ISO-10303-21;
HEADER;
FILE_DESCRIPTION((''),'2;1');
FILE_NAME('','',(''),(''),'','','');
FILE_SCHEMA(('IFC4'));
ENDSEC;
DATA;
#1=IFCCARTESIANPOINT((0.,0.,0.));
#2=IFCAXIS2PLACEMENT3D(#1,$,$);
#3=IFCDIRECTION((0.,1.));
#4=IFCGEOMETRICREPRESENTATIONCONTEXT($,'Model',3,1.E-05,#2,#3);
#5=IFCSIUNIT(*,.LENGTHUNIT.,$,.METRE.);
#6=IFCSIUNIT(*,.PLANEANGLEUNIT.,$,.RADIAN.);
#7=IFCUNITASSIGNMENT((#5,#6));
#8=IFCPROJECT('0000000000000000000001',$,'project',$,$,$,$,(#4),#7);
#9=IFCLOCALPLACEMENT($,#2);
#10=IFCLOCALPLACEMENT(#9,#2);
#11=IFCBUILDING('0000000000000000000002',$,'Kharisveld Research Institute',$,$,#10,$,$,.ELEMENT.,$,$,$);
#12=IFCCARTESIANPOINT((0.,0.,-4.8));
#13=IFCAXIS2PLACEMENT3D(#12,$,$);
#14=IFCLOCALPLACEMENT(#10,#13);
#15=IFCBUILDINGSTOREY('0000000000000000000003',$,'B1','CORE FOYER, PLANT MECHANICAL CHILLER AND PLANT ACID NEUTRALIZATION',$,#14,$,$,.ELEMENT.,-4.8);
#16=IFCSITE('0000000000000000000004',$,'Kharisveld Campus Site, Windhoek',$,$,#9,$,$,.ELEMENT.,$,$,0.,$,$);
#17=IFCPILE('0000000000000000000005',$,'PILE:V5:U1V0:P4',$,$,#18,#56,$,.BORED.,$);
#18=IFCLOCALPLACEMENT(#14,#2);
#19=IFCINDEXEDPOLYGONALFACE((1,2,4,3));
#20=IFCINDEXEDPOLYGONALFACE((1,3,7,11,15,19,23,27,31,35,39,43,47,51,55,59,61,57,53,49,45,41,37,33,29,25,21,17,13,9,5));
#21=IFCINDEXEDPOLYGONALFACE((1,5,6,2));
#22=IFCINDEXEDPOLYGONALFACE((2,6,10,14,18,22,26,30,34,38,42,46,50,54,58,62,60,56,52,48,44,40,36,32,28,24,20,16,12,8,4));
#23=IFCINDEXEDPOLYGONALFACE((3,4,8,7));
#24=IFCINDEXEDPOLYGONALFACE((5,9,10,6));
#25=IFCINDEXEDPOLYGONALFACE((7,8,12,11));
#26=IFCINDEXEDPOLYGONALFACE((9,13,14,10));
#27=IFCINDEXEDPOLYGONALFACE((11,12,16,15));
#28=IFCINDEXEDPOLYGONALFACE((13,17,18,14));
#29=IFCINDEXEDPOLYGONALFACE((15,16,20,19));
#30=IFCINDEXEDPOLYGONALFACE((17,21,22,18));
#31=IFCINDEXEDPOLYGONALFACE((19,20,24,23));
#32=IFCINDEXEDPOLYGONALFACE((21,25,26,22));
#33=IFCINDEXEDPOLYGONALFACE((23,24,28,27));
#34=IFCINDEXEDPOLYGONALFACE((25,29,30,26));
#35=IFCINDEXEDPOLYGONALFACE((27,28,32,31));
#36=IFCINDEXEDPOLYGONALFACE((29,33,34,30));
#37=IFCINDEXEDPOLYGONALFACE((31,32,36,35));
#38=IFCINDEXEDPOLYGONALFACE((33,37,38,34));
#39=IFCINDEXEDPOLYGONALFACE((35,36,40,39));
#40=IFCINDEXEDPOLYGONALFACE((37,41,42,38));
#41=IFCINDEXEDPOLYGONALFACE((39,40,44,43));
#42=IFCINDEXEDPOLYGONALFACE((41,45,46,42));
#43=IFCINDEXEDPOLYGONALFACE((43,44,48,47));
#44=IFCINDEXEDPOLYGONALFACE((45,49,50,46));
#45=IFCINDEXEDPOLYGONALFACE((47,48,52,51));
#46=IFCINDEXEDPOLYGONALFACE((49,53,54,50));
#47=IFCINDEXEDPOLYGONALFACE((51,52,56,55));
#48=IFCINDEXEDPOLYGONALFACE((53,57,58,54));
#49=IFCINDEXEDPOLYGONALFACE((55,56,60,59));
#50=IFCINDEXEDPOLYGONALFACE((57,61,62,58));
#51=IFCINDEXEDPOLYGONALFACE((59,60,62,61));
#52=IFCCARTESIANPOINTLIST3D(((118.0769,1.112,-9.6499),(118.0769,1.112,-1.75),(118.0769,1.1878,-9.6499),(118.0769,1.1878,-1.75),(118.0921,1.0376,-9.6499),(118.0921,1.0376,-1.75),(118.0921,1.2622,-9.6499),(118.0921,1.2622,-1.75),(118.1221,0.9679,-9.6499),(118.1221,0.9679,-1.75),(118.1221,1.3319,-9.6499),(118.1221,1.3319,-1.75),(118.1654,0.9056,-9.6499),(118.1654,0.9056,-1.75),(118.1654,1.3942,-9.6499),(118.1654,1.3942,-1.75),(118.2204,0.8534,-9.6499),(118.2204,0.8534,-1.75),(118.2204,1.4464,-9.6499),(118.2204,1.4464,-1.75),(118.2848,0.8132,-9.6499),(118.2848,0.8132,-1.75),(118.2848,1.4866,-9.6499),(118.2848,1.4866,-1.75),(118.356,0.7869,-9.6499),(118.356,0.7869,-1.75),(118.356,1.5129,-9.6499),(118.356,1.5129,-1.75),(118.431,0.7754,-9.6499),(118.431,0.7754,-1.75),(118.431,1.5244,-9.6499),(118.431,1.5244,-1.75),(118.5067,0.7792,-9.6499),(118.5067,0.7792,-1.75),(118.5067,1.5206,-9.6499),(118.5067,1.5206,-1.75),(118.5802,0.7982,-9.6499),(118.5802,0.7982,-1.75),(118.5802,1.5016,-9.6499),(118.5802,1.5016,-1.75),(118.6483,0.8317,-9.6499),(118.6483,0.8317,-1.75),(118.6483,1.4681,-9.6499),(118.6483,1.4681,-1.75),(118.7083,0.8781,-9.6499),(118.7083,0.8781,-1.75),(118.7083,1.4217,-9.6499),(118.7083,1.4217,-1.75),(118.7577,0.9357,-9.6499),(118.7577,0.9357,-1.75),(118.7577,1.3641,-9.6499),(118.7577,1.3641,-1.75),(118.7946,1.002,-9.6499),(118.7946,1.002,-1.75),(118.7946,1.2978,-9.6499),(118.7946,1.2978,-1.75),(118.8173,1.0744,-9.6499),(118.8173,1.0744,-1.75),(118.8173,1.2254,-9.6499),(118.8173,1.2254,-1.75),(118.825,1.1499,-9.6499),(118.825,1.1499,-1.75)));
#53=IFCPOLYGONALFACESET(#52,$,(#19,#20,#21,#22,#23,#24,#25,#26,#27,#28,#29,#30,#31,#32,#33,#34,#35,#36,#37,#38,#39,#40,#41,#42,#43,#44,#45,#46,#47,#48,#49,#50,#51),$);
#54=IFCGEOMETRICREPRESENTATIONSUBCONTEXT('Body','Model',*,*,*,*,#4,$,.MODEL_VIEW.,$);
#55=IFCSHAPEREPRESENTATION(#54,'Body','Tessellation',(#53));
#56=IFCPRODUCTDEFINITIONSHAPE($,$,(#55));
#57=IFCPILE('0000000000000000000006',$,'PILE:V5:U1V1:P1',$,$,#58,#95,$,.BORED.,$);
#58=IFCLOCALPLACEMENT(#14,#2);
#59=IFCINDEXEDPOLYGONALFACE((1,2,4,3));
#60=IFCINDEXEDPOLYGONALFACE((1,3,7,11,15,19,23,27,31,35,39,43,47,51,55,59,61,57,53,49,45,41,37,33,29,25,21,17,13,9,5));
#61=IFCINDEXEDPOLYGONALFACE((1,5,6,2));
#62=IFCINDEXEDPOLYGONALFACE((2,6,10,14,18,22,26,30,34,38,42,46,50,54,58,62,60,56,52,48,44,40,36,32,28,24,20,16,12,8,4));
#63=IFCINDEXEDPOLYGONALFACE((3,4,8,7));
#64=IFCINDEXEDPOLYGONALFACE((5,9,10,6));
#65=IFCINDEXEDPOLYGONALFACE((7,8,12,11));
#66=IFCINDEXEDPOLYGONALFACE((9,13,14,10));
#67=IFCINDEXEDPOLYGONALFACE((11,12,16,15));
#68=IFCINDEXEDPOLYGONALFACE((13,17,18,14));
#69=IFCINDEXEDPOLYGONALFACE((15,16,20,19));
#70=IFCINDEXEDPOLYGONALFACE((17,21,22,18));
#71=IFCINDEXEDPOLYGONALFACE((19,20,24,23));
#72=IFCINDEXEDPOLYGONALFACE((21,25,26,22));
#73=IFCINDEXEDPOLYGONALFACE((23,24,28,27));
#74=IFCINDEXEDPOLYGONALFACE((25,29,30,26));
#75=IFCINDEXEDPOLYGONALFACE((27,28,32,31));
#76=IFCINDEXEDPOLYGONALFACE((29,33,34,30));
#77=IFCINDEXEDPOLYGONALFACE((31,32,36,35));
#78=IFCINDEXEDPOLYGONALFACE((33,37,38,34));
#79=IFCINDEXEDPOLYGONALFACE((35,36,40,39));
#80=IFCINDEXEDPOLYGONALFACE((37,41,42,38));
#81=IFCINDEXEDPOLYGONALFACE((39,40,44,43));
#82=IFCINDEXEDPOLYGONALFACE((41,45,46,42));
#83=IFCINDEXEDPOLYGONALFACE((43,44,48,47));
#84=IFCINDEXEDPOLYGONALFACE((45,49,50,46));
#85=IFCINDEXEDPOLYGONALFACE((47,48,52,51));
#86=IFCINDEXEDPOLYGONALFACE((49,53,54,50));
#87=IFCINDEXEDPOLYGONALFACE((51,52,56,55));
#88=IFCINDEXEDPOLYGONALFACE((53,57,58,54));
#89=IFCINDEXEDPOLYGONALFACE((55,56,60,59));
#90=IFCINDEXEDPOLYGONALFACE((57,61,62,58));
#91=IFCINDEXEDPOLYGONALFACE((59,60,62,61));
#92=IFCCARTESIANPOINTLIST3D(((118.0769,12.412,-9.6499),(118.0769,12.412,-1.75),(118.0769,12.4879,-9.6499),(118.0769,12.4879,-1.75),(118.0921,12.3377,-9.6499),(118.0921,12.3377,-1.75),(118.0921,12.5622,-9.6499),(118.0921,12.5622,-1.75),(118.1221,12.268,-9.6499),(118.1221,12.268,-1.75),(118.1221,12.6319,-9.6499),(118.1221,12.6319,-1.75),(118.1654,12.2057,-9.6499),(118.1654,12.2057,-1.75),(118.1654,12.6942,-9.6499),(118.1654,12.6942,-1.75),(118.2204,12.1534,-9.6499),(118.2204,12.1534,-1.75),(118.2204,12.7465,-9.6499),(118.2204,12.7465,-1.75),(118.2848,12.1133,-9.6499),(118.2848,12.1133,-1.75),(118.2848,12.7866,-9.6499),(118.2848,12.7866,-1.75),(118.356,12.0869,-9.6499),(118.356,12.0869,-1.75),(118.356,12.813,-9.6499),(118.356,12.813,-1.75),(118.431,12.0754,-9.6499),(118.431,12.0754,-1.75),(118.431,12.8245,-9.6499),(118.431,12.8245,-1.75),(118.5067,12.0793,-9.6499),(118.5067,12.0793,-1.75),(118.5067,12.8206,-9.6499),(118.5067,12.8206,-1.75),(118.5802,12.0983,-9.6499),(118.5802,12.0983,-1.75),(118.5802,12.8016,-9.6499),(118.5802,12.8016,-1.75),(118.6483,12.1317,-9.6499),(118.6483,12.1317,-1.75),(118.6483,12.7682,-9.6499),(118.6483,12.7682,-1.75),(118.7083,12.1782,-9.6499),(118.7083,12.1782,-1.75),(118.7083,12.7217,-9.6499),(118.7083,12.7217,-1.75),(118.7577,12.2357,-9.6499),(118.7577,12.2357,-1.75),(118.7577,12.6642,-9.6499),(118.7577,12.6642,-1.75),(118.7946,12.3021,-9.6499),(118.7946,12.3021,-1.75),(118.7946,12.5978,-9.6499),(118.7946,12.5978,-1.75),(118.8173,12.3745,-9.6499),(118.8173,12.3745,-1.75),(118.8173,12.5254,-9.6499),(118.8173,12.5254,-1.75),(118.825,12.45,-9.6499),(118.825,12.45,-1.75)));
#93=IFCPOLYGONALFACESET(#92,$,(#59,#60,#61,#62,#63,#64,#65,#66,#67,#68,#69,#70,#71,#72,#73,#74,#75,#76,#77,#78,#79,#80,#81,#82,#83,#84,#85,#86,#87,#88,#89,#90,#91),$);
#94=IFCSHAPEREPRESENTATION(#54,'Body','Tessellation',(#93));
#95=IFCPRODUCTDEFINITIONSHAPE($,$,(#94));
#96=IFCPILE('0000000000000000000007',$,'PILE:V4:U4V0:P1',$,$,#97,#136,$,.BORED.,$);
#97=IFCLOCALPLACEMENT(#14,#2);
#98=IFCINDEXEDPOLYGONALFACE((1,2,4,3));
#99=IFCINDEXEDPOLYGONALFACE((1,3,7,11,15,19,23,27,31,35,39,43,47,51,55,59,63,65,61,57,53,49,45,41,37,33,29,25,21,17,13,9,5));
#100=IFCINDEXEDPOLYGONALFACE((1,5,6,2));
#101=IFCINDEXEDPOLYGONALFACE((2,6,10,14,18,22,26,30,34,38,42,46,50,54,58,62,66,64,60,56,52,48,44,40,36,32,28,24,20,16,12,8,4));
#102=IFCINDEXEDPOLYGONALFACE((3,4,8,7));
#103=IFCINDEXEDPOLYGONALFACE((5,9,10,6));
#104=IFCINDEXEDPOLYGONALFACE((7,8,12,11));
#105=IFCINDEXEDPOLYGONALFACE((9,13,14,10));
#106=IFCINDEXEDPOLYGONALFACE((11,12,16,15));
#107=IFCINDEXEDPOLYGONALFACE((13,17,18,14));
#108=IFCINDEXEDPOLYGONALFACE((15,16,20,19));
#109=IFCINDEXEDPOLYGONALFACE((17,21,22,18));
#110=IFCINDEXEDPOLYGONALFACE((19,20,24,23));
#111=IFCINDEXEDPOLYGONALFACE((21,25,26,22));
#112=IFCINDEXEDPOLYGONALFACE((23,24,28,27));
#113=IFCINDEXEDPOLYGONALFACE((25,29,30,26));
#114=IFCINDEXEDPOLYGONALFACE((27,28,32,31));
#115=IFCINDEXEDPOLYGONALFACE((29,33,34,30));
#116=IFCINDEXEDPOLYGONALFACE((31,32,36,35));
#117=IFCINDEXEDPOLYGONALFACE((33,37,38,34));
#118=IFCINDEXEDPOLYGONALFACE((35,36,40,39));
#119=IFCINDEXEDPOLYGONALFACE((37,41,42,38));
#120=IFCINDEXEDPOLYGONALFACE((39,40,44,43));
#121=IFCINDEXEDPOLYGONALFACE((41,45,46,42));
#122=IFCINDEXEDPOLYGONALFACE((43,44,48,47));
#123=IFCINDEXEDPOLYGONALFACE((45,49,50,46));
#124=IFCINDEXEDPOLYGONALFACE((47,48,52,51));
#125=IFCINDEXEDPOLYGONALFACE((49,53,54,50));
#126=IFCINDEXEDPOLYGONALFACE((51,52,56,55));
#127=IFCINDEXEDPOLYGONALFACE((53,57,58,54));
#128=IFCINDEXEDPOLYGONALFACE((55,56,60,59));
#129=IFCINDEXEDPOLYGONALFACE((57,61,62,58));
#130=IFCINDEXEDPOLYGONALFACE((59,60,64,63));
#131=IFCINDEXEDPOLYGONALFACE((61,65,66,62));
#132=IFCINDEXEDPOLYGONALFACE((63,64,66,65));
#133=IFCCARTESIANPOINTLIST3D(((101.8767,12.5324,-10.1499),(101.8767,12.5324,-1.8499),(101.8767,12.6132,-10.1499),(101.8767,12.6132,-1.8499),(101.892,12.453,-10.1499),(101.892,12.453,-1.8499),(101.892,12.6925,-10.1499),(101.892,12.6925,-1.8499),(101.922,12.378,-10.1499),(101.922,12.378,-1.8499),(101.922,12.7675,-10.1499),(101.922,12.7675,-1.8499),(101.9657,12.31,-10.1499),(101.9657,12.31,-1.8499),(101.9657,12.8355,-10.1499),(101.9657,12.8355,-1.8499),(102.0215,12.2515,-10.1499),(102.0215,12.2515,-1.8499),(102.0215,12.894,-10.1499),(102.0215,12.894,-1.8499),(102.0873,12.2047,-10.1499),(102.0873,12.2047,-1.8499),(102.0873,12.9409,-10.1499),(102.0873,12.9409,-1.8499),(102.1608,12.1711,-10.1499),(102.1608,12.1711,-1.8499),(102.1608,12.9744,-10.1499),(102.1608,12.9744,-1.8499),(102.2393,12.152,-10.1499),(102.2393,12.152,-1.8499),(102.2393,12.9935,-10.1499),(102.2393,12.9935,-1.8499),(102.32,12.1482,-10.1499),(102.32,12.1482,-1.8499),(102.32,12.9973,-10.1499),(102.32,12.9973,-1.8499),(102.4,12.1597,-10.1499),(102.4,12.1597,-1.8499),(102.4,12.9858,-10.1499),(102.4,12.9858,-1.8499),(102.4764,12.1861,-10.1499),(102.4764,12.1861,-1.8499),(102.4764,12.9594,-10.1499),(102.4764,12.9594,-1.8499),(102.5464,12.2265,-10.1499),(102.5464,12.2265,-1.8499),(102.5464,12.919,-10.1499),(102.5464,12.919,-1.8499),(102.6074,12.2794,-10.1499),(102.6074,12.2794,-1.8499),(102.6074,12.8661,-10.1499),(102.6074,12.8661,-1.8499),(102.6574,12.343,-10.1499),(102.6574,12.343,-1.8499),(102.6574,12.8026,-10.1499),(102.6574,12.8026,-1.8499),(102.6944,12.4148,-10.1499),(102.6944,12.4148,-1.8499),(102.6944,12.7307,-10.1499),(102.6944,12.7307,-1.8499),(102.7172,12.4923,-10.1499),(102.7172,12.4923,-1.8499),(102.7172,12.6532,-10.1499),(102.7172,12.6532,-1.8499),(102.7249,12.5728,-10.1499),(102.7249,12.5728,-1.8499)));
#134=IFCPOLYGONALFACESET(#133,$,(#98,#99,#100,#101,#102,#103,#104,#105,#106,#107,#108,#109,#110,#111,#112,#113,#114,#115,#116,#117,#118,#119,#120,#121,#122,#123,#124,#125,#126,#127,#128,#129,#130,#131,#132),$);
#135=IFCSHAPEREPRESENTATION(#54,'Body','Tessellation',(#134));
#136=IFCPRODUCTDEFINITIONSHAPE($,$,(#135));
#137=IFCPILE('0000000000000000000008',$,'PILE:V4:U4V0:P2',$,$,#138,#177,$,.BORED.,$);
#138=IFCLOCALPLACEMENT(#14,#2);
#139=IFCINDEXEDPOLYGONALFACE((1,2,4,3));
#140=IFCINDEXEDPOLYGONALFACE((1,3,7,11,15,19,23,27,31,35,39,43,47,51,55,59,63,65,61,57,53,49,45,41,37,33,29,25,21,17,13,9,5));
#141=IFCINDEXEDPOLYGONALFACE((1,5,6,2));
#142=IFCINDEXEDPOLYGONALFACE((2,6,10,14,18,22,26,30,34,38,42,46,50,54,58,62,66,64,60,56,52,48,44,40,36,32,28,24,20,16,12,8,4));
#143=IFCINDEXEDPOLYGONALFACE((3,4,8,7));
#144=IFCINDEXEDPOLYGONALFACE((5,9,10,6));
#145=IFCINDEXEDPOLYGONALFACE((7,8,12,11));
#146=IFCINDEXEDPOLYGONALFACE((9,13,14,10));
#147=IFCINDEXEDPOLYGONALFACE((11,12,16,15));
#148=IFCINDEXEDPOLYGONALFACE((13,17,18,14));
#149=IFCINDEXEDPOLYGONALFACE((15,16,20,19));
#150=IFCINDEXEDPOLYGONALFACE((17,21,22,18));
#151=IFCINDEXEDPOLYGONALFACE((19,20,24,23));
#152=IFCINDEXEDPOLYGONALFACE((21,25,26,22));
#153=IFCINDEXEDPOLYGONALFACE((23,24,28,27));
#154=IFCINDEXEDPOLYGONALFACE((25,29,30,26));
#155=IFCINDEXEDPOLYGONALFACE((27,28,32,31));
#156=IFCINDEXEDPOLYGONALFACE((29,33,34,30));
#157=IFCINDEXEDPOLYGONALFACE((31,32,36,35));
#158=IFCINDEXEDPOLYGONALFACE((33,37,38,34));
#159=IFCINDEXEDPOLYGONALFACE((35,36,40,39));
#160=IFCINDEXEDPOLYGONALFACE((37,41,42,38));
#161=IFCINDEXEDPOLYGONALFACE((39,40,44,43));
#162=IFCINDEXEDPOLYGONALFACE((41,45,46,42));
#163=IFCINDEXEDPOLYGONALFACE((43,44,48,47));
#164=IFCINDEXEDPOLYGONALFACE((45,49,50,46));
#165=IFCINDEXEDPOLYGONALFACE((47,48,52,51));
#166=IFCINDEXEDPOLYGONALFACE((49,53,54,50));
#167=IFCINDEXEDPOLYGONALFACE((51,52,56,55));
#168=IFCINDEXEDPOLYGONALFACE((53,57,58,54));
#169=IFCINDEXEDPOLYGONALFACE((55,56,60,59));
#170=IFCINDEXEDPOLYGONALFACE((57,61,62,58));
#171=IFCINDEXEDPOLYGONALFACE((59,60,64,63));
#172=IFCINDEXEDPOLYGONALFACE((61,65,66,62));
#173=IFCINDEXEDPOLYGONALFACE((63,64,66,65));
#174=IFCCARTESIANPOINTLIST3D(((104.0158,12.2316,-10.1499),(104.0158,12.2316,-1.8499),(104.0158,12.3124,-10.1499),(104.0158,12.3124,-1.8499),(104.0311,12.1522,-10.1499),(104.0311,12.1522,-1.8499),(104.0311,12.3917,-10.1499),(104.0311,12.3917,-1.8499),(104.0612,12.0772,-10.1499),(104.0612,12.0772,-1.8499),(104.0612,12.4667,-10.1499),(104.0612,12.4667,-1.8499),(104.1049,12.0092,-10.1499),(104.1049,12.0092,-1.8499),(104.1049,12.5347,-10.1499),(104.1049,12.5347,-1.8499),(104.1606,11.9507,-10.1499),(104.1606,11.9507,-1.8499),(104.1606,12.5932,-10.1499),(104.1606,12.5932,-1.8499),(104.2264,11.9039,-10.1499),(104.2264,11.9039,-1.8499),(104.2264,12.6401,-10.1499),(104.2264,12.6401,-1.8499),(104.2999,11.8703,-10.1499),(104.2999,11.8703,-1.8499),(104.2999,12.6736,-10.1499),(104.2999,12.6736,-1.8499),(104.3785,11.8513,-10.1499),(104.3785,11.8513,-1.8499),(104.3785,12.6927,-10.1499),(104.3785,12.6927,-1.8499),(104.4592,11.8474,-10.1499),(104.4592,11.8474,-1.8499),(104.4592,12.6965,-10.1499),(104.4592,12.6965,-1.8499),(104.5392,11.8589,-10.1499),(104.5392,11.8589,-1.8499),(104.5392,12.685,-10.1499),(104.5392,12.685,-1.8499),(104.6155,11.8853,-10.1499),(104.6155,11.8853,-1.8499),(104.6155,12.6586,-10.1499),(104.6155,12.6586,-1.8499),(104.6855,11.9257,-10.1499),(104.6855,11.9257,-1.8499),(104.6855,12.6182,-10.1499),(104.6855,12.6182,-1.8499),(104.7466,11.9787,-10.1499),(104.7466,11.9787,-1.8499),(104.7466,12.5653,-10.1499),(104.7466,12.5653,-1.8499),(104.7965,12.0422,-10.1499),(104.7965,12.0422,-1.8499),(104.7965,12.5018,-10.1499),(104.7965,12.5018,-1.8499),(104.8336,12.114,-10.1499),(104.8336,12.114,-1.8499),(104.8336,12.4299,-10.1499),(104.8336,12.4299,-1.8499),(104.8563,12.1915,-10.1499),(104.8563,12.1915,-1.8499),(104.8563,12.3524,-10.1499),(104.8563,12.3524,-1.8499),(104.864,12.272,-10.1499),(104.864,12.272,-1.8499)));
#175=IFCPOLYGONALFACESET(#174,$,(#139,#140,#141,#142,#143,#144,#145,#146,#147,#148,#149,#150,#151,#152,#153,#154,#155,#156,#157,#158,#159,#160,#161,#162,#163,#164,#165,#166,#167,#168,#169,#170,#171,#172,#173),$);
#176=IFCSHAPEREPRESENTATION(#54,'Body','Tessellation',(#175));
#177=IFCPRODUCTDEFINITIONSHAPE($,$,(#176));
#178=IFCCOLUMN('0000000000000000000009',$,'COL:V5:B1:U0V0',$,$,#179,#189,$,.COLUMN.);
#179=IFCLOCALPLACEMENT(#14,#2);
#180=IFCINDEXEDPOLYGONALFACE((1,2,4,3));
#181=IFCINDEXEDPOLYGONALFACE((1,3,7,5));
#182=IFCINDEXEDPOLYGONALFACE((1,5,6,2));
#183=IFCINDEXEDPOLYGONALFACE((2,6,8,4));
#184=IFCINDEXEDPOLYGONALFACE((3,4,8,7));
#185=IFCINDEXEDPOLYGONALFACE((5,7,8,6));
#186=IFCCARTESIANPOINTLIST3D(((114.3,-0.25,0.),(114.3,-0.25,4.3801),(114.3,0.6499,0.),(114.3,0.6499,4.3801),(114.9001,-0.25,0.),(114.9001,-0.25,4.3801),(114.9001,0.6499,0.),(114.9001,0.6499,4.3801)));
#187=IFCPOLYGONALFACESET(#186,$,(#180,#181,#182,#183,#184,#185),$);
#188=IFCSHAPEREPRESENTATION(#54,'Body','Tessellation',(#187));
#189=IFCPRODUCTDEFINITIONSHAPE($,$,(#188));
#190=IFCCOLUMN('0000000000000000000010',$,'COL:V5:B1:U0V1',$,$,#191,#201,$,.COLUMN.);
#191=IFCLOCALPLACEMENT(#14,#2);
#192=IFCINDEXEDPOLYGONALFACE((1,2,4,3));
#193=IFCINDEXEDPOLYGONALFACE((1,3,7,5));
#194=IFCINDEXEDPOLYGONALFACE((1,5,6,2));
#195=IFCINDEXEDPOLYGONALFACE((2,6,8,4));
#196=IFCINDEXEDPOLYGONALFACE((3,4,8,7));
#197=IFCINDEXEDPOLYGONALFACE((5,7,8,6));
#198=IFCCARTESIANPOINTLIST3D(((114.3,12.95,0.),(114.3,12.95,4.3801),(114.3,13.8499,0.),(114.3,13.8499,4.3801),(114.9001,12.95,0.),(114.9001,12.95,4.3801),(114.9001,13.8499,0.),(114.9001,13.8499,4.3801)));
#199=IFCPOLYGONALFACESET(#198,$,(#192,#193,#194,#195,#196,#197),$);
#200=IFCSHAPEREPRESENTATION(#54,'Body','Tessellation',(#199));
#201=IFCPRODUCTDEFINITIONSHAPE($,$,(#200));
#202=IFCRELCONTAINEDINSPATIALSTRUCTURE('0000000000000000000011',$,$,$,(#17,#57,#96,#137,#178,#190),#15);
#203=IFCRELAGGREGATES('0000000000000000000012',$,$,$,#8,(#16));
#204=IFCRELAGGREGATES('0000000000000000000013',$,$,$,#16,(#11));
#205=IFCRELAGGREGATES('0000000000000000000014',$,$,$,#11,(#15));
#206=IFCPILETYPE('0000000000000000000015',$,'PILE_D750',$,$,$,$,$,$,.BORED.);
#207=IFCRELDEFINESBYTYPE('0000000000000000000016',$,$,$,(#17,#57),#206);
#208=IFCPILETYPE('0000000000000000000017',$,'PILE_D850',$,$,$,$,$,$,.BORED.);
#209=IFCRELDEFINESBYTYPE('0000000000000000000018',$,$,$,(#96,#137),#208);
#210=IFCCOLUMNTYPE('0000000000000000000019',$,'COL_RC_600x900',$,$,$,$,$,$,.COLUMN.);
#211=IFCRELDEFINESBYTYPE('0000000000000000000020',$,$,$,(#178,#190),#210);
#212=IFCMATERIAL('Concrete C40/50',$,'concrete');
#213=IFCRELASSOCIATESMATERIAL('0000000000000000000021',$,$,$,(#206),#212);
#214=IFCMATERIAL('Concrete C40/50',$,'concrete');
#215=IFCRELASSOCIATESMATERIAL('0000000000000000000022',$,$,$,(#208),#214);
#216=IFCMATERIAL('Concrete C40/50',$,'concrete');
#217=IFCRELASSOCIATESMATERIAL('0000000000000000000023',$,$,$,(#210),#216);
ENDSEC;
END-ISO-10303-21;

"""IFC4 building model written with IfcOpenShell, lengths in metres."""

from ifc_helpers import new_model, si_unit, direction, frame, origin, origin_2d, place, context, subcontext, project, spatial, rectangle, circle, extrude, material, material_profile, profile_set, type_object, element, save


model = new_model("IFC4")

# Units and contexts
model_context = context("Model", 3, precision=1e-05, world=origin(), true_north=direction((0.0, 1.0)))
body_context = subcontext(model_context, "Body", "Model", "MODEL_VIEW")
ifc_project = project(units=[si_unit("LENGTHUNIT", "METRE"), si_unit("PLANEANGLEUNIT", "RADIAN")], contexts=[model_context])

# Site, building, storey
site_placement = place(None, origin())
site = spatial("IfcSite", under=ifc_project, at=site_placement, Name="Kharisveld Campus Site, Windhoek", CompositionType="ELEMENT", RefElevation=0.0)
building_placement = place(site_placement, origin())
building = spatial("IfcBuilding", under=site, at=building_placement, Name="Kharisveld Research Institute", CompositionType="ELEMENT")
storey_placement = place(building_placement, frame((0.0, 0.0, -4.8)))
storey = spatial("IfcBuildingStorey", under=building, at=storey_placement, Name="B1", Description="CORE FOYER, PLANT MECHANICAL CHILLER AND PLANT ACID NEUTRALIZATION", CompositionType="ELEMENT", Elevation=-4.8)

# Piles
ifc_material_1 = material(Name="Concrete C40/50", Category="concrete")
ifc_material_profile_1 = material_profile(ifc_material_1, circle(Radius=0.375, at=origin_2d()))
ifc_profile_set_1 = profile_set([ifc_material_profile_1], Name="Concrete C40/50")
pile_type_1 = type_object("IfcPileType", Name="PILE_D750", PredefinedType="BORED", material=ifc_profile_set_1)
for number, where, z_axis, x_axis, name in (
    (1, (118.45, 1.1499, -1.75), (0.0, 0.0, -1.0), (1.0, 0.0, 0.0), "PILE:V5:U1V0:P4"),
    (2, (118.45, 12.45, -1.75), (0.0, 0.0, -1.0), (1.0, 0.0, 0.0), "PILE:V5:U1V1:P1"),
):
    element("IfcPile", number, at=place(storey_placement, frame(where, z_axis=z_axis, x_axis=x_axis)), inside=storey, type_object=pile_type_1, Name=name, PredefinedType="BORED", context=body_context, shape_type="SweptSolid", body=[
        extrude(circle(Radius=0.375, at=origin_2d()), origin(), (0.0, 0.0, 1.0), 7.8999),
    ])
ifc_material_2 = material(Name="Concrete C40/50", Category="concrete")
ifc_material_profile_2 = material_profile(ifc_material_2, circle(Radius=0.425, at=origin_2d()))
ifc_profile_set_2 = profile_set([ifc_material_profile_2], Name="Concrete C40/50")
pile_type_2 = type_object("IfcPileType", Name="PILE_D850", PredefinedType="BORED", material=ifc_profile_set_2)
for number, where, z_axis, x_axis, name in (
    (3, (102.2998, 12.5728, -1.8499), (0.0, 0.0, -1.0), (1.0, 0.0, 0.0), "PILE:V4:U4V0:P1"),
    (4, (104.439, 12.272, -1.8499), (0.0, 0.0, -1.0), (1.0, 0.0, 0.0), "PILE:V4:U4V0:P2"),
):
    element("IfcPile", number, at=place(storey_placement, frame(where, z_axis=z_axis, x_axis=x_axis)), inside=storey, type_object=pile_type_2, Name=name, PredefinedType="BORED", context=body_context, shape_type="SweptSolid", body=[
        extrude(circle(Radius=0.425, at=origin_2d()), origin(), (0.0, 0.0, 1.0), 8.3),
    ])

# Columns
ifc_material_3 = material(Name="Concrete C40/50", Category="concrete")
ifc_material_profile_3 = material_profile(ifc_material_3, rectangle(XDim=0.6001, YDim=0.8999, at=origin_2d()))
ifc_profile_set_3 = profile_set([ifc_material_profile_3], Name="Concrete C40/50")
column_type_1 = type_object("IfcColumnType", Name="COL_RC_600x900", PredefinedType="COLUMN", material=ifc_profile_set_3)
for number, where, z_axis, x_axis, name in (
    (5, (114.6001, 0.2, 0.0), (0.0, 0.0, 1.0), (1.0, 0.0, 0.0), "COL:V5:B1:U0V0"),
    (6, (114.6001, 13.3999, 0.0), (0.0, 0.0, 1.0), (1.0, 0.0, 0.0), "COL:V5:B1:U0V1"),
):
    element("IfcColumn", number, at=place(storey_placement, frame(where, z_axis=z_axis, x_axis=x_axis)), inside=storey, type_object=column_type_1, Name=name, PredefinedType="COLUMN", context=body_context, shape_type="SweptSolid", body=[
        extrude(rectangle(XDim=0.6001, YDim=0.8999, at=origin_2d()), origin(), (0.0, 0.0, 1.0), 4.3801),
    ])

save(model, "model.ifc")
